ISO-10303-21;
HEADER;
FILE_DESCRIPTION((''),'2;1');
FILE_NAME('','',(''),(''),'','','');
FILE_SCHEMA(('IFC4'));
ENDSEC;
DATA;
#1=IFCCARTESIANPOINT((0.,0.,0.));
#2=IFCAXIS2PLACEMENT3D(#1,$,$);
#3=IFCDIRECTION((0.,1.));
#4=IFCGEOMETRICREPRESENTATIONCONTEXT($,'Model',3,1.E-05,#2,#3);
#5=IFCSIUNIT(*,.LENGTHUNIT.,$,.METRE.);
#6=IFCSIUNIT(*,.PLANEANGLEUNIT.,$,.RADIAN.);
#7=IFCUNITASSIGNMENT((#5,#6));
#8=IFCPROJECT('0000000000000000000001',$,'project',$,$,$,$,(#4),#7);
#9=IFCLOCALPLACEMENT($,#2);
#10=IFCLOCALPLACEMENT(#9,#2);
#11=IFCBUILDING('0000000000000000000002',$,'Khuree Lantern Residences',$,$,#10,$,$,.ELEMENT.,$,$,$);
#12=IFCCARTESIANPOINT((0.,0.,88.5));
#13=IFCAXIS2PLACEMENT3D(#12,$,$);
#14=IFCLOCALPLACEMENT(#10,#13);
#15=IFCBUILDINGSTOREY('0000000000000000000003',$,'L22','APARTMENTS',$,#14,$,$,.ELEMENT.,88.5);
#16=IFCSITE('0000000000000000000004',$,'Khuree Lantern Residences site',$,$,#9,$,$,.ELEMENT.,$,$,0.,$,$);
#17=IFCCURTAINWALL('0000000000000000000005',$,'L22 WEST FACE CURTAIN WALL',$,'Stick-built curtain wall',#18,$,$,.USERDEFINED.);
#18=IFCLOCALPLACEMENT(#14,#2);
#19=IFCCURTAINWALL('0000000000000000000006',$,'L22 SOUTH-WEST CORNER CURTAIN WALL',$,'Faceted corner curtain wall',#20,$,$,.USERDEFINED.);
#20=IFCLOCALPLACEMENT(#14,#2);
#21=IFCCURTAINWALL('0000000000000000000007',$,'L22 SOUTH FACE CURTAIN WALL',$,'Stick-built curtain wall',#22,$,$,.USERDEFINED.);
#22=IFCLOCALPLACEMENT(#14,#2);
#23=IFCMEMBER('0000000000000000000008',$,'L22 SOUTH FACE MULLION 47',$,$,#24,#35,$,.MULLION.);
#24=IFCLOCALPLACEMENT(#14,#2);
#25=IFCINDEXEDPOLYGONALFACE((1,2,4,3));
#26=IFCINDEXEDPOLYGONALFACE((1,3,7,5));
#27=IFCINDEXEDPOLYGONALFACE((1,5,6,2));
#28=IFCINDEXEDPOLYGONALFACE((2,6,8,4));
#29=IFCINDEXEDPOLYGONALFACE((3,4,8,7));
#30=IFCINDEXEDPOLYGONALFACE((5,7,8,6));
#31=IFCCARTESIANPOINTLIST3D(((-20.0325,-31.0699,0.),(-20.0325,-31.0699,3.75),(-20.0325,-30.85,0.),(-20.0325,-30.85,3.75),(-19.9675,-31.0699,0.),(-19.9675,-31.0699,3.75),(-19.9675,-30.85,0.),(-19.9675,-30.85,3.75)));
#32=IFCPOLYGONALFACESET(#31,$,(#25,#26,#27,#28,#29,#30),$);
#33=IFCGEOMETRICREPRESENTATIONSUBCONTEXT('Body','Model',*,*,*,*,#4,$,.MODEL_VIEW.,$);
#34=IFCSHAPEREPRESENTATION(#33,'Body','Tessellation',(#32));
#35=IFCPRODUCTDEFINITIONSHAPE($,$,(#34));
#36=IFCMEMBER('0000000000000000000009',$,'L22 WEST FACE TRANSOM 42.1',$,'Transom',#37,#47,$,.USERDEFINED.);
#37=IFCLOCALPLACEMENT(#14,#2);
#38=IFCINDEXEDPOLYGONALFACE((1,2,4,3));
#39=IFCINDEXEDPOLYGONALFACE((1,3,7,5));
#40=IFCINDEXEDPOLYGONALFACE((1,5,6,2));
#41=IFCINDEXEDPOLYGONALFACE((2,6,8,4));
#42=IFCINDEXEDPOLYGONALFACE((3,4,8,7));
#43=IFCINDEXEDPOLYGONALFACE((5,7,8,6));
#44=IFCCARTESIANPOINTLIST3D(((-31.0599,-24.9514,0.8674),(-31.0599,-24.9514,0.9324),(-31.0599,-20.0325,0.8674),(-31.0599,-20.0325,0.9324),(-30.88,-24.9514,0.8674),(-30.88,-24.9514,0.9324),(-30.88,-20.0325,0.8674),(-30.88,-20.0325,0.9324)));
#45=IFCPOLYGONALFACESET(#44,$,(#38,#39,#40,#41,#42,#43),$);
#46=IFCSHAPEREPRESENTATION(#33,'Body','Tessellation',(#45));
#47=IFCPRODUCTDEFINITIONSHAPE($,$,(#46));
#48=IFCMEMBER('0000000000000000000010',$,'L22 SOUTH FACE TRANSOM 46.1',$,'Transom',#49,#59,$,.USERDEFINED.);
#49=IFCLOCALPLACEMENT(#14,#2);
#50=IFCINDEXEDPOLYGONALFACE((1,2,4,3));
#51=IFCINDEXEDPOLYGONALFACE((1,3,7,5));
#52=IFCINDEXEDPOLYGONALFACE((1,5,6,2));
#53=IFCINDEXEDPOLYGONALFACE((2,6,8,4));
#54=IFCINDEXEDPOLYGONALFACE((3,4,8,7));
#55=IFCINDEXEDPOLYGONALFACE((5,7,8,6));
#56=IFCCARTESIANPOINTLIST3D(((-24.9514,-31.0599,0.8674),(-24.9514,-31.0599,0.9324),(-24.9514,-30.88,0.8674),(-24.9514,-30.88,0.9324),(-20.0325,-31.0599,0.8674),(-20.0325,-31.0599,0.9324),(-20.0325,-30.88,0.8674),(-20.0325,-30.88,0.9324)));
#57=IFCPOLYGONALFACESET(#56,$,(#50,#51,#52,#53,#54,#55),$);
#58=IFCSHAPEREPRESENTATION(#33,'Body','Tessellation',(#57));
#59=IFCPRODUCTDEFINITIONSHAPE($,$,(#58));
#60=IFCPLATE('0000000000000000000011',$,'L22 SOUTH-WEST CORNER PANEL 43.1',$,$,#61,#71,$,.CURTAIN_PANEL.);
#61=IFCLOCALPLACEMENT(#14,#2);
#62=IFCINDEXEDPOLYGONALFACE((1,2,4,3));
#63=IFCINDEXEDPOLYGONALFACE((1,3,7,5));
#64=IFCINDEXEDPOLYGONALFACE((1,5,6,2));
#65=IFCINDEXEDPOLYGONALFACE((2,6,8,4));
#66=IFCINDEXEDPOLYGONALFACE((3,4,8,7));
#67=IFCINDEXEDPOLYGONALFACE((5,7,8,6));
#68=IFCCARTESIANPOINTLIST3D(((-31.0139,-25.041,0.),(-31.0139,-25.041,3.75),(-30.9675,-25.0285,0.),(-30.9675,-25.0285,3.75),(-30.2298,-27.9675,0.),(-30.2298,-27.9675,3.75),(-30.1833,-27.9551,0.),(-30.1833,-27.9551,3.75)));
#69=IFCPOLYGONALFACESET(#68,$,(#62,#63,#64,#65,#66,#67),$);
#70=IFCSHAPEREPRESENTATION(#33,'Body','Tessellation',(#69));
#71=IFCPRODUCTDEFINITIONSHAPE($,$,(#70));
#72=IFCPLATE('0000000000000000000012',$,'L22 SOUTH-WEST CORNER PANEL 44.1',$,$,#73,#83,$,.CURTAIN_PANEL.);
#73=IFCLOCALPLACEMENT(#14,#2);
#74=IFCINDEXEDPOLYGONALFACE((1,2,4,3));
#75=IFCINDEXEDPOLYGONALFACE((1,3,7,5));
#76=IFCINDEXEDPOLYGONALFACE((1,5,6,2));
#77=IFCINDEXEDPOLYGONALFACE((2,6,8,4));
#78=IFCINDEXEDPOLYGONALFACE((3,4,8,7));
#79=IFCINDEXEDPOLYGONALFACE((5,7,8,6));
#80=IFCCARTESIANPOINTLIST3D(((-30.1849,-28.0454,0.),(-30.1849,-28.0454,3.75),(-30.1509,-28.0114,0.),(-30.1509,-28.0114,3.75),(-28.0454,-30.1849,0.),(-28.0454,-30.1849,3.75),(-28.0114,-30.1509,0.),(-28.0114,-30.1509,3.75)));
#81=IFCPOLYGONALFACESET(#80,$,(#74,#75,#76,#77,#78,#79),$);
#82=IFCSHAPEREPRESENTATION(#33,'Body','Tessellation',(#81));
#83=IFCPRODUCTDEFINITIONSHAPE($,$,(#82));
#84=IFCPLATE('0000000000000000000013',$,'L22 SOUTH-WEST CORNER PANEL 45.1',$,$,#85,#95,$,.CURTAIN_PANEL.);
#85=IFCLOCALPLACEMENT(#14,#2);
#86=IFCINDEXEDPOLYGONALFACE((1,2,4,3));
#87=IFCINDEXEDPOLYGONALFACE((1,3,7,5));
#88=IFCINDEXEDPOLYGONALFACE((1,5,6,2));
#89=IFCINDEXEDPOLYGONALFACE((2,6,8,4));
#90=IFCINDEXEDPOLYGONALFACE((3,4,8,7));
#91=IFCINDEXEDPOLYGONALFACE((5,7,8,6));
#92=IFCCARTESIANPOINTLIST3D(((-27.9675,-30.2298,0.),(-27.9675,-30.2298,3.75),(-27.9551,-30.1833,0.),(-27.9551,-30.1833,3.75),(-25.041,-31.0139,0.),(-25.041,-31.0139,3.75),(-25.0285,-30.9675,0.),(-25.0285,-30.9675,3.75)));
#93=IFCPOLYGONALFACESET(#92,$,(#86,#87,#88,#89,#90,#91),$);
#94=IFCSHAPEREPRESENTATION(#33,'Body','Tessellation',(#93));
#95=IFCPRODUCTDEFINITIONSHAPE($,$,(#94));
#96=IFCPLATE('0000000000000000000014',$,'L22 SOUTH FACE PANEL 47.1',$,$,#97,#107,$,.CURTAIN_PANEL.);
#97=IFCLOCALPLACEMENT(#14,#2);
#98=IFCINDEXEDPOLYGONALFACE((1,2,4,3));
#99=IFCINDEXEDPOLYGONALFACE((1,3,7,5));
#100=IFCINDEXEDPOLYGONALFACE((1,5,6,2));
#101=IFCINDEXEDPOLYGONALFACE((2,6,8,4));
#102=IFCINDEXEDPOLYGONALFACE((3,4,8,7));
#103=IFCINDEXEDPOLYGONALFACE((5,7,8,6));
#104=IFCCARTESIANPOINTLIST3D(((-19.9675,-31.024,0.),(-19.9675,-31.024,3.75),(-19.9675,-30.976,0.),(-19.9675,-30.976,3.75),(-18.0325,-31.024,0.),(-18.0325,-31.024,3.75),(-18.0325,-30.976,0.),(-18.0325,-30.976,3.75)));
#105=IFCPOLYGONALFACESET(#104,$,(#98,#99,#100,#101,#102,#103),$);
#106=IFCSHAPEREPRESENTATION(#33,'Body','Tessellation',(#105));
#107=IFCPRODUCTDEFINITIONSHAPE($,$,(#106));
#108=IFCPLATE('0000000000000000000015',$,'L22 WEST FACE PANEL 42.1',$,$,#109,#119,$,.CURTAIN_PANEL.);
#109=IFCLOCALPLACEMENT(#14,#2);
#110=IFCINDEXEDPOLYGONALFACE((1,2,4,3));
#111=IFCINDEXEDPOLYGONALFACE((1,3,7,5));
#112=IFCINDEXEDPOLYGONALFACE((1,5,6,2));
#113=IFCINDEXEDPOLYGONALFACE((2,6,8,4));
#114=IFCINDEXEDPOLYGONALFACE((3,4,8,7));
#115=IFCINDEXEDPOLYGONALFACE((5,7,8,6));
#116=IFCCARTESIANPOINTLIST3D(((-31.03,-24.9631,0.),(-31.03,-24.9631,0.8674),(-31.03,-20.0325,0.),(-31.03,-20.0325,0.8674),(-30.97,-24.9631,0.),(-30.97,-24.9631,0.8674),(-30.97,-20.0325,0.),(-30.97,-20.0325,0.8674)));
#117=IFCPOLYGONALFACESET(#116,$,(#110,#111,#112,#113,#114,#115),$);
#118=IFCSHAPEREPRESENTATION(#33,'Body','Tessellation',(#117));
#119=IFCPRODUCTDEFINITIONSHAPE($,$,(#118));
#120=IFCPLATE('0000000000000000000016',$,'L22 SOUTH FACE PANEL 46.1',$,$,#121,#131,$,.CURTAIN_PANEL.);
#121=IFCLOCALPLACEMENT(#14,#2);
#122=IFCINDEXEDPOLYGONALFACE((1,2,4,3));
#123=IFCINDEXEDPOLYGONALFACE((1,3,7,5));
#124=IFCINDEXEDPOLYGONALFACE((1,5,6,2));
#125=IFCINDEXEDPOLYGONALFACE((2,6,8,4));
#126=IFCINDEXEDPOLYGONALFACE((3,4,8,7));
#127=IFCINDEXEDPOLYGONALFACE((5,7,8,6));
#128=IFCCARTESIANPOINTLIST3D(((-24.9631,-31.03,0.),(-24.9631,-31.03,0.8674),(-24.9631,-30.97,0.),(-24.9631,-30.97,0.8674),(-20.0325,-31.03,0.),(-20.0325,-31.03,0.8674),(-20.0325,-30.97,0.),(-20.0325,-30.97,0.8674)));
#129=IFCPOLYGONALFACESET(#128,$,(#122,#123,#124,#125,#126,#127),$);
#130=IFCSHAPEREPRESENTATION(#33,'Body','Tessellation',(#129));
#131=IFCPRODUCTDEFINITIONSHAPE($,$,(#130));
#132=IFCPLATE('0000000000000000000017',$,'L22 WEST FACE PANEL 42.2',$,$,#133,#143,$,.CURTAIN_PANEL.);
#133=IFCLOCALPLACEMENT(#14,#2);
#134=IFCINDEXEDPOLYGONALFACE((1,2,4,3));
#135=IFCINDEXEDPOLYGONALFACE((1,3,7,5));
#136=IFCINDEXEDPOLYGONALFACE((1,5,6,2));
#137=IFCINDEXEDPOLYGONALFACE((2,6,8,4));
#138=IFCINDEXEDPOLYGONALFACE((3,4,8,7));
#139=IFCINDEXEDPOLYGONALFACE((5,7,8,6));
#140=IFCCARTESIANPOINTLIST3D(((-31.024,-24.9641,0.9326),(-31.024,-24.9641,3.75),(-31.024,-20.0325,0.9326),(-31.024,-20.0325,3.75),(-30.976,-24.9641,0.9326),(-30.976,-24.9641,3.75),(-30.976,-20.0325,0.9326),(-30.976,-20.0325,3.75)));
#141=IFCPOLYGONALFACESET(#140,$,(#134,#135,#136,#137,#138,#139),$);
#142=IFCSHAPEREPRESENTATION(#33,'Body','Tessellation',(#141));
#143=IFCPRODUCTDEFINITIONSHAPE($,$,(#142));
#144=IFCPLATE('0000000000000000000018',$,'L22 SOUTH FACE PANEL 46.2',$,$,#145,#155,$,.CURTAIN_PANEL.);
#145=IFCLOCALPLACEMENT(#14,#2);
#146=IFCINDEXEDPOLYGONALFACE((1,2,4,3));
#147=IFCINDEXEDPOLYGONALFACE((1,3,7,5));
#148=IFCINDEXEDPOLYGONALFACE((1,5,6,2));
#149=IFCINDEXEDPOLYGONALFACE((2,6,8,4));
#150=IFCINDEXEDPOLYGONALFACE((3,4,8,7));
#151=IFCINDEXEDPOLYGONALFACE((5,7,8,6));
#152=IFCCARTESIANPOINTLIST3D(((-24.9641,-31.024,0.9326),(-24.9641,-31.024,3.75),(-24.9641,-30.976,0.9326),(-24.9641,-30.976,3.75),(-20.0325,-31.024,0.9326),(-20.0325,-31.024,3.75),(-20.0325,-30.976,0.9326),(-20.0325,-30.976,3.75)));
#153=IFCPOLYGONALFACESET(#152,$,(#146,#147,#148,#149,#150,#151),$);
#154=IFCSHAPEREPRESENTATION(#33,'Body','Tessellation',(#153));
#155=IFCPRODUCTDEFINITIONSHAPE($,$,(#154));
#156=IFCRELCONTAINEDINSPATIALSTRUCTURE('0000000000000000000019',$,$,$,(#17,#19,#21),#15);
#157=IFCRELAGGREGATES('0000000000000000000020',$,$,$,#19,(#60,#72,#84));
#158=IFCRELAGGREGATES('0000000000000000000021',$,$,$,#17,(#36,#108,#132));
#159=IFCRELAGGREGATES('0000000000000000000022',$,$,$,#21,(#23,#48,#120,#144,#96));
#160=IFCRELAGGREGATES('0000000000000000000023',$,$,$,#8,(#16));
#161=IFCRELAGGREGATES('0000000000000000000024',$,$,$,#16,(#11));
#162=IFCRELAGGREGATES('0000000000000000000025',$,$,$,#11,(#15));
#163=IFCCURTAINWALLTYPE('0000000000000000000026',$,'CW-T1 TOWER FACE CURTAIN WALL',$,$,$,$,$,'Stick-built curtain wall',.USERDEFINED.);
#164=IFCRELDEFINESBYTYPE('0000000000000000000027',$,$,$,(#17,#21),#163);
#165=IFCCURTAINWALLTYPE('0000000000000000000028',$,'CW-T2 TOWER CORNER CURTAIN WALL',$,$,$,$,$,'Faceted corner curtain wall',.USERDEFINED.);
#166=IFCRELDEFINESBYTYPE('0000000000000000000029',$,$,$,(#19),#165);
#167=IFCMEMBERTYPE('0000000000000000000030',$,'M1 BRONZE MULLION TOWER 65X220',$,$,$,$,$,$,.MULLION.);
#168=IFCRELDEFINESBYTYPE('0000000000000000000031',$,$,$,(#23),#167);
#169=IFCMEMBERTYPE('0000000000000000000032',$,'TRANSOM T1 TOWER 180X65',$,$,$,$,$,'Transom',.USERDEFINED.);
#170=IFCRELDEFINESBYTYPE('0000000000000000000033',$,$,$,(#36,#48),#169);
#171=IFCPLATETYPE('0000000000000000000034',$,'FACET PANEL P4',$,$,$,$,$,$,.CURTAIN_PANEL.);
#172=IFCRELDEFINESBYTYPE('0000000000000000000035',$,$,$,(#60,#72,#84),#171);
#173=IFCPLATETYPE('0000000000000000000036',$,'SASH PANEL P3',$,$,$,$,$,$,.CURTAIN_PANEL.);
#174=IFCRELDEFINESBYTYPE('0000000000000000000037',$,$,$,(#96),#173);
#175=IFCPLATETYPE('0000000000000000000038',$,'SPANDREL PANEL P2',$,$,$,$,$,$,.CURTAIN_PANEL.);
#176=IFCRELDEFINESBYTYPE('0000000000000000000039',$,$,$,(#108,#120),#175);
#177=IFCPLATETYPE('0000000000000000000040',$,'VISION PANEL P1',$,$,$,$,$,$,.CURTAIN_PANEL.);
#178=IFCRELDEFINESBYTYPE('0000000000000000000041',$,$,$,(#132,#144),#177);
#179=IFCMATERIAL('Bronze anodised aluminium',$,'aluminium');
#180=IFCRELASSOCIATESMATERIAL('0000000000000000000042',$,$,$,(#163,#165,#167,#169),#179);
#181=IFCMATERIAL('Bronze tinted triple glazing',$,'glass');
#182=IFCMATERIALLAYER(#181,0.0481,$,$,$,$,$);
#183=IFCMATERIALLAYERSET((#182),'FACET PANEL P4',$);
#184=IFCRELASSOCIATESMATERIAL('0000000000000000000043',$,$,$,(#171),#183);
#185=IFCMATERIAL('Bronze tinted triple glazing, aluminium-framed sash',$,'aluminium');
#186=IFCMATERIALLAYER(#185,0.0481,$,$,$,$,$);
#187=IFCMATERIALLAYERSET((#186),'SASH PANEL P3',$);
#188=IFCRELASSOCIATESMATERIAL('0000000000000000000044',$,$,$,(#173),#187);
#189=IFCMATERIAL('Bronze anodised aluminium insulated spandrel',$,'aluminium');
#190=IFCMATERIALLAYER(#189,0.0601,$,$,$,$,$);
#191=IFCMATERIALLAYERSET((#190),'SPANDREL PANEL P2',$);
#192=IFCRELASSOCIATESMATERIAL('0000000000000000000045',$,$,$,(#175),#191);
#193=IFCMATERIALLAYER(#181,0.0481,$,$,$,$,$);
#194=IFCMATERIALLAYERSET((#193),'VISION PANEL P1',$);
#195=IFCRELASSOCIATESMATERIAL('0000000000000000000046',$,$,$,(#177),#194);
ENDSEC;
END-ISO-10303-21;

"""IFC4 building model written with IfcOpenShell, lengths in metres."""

from ifc_helpers import new_model, si_unit, direction, frame, origin, origin_2d, place, context, subcontext, project, spatial, rectangle, extrude, material, layer, layer_set, material_profile, profile_set, type_object, element, aggregate, save


model = new_model("IFC4")

# Units and contexts
model_context = context("Model", 3, precision=1e-05, world=origin(), true_north=direction((0.0, 1.0)))
body_context = subcontext(model_context, "Body", "Model", "MODEL_VIEW")
ifc_project = project(units=[si_unit("LENGTHUNIT", "METRE"), si_unit("PLANEANGLEUNIT", "RADIAN")], contexts=[model_context])

# Site, building, storey
site_placement = place(None, origin())
site = spatial("IfcSite", under=ifc_project, at=site_placement, Name="Khuree Lantern Residences site", CompositionType="ELEMENT", RefElevation=0.0)
building_placement = place(site_placement, origin())
building = spatial("IfcBuilding", under=site, at=building_placement, Name="Khuree Lantern Residences", CompositionType="ELEMENT")
storey_placement = place(building_placement, frame((0.0, 0.0, 88.5)))
storey = spatial("IfcBuildingStorey", under=building, at=storey_placement, Name="L22", Description="APARTMENTS", CompositionType="ELEMENT", Elevation=88.5)

# Curtain walls
ifc_material_1 = material(Name="Bronze anodised aluminium", Category="aluminium")
curtain_wall_type_1 = type_object("IfcCurtainWallType", Name="CW-T1 TOWER FACE CURTAIN WALL", ElementType="Stick-built curtain wall", PredefinedType="USERDEFINED", material=ifc_material_1)
curtain_wall_1_placement = place(storey_placement, origin())
curtain_wall_1 = element("IfcCurtainWall", 1, at=curtain_wall_1_placement, inside=storey, type_object=curtain_wall_type_1, Name="L22 WEST FACE CURTAIN WALL", ObjectType="Stick-built curtain wall", PredefinedType="USERDEFINED")
curtain_wall_type_2 = type_object("IfcCurtainWallType", Name="CW-T2 TOWER CORNER CURTAIN WALL", ElementType="Faceted corner curtain wall", PredefinedType="USERDEFINED", material=ifc_material_1)
curtain_wall_2_placement = place(storey_placement, origin())
curtain_wall_2 = element("IfcCurtainWall", 2, at=curtain_wall_2_placement, inside=storey, type_object=curtain_wall_type_2, Name="L22 SOUTH-WEST CORNER CURTAIN WALL", ObjectType="Faceted corner curtain wall", PredefinedType="USERDEFINED")

# Shared definitions
ifc_material_profile_1 = material_profile(ifc_material_1, rectangle(XDim=0.0649, YDim=0.22, at=origin_2d()), Name="M1 65X220")
ifc_profile_set_1 = profile_set([ifc_material_profile_1], Name="Bronze anodised aluminium")
member_type_1 = type_object("IfcMemberType", Name="M1 BRONZE MULLION TOWER 65X220", PredefinedType="MULLION", material=ifc_profile_set_1)

# Curtain wall, member
curtain_wall_3_placement = place(storey_placement, origin())
curtain_wall_3 = element("IfcCurtainWall", 3, at=curtain_wall_3_placement, inside=storey, type_object=curtain_wall_type_1, Name="L22 SOUTH FACE CURTAIN WALL", ObjectType="Stick-built curtain wall", PredefinedType="USERDEFINED")
member_1_placement = place(storey_placement, frame((-20.0, -30.96, 0.0), z_axis=(0.0, 0.0, 1.0), x_axis=(1.0, 0.0, 0.0)))
member_1 = element("IfcMember", 4, at=member_1_placement, type_object=member_type_1, Name="L22 SOUTH FACE MULLION 47", PredefinedType="MULLION", context=body_context, shape_type="SweptSolid", body=[
    extrude(rectangle(XDim=0.0649, YDim=0.22, at=origin_2d()), origin(), (0.0, 0.0, 1.0), 3.75),
])

# Members
ifc_material_profile_2 = material_profile(ifc_material_1, rectangle(XDim=0.1799, YDim=0.0649, at=origin_2d()), Name="T1 180X65")
ifc_profile_set_2 = profile_set([ifc_material_profile_2], Name="Bronze anodised aluminium")
member_type_2 = type_object("IfcMemberType", Name="TRANSOM T1 TOWER 180X65", ElementType="Transom", PredefinedType="USERDEFINED", material=ifc_profile_set_2)
member_2_placement = place(storey_placement, frame((-30.97, -20.0325, 0.8999), z_axis=(0.0, -1.0, 0.0), x_axis=(1.0, 0.0, 0.0)))
member_2 = element("IfcMember", 5, at=member_2_placement, type_object=member_type_2, Name="L22 WEST FACE TRANSOM 42.1", ObjectType="Transom", PredefinedType="USERDEFINED", context=body_context, shape_type="SweptSolid", body=[
    extrude(rectangle(XDim=0.1799, YDim=0.0649, at=origin_2d()), origin(), (0.0, 0.0, 1.0), 4.9189),
])
member_3_placement = place(storey_placement, frame((-24.9514, -30.97, 0.8999), z_axis=(1.0, 0.0, 0.0), x_axis=(0.0, 1.0, 0.0)))
member_3 = element("IfcMember", 6, at=member_3_placement, type_object=member_type_2, Name="L22 SOUTH FACE TRANSOM 46.1", ObjectType="Transom", PredefinedType="USERDEFINED", context=body_context, shape_type="SweptSolid", body=[
    extrude(rectangle(XDim=0.1799, YDim=0.0649, at=origin_2d()), origin(), (0.0, 0.0, 1.0), 4.9189),
])

# Plates
ifc_material_2 = material(Name="Bronze tinted triple glazing", Category="glass")
ifc_layer_1 = layer(ifc_material_2, 0.0481)
ifc_layer_set_1 = layer_set([ifc_layer_1], Name="FACET PANEL P4")
plate_type_1 = type_object("IfcPlateType", Name="FACET PANEL P4", PredefinedType="CURTAIN_PANEL", material=ifc_layer_set_1)
plate_1_placement = place(storey_placement, frame((-30.5986, -26.498, 0.0), z_axis=(0.0, 0.0, 1.0), x_axis=(0.258819, -0.965926, 0.0)))
plate_1 = element("IfcPlate", 7, at=plate_1_placement, type_object=plate_type_1, Name="L22 SOUTH-WEST CORNER PANEL 43.1", PredefinedType="CURTAIN_PANEL", context=body_context, shape_type="SweptSolid", body=[
    extrude(rectangle(XDim=3.0298, YDim=0.0481, at=origin_2d()), origin(), (0.0, 0.0, 1.0), 3.75),
])
plate_2_placement = place(storey_placement, frame((-29.0981, -29.0981, 0.0), z_axis=(0.0, 0.0, 1.0), x_axis=(0.707107, -0.707107, 0.0)))
plate_2 = element("IfcPlate", 8, at=plate_2_placement, type_object=plate_type_1, Name="L22 SOUTH-WEST CORNER PANEL 44.1", PredefinedType="CURTAIN_PANEL", context=body_context, shape_type="SweptSolid", body=[
    extrude(rectangle(XDim=3.0256, YDim=0.0481, at=origin_2d()), origin(), (0.0, 0.0, 1.0), 3.75),
])
plate_3_placement = place(storey_placement, frame((-26.498, -30.5986, 0.0), z_axis=(0.0, 0.0, 1.0), x_axis=(0.965926, -0.258819, 0.0)))
plate_3 = element("IfcPlate", 9, at=plate_3_placement, type_object=plate_type_1, Name="L22 SOUTH-WEST CORNER PANEL 45.1", PredefinedType="CURTAIN_PANEL", context=body_context, shape_type="SweptSolid", body=[
    extrude(rectangle(XDim=3.0298, YDim=0.0481, at=origin_2d()), origin(), (0.0, 0.0, 1.0), 3.75),
])
aggregate(curtain_wall_2, [plate_1, plate_2, plate_3])
ifc_material_3 = material(Name="Bronze tinted triple glazing, aluminium-framed sash", Category="aluminium")
ifc_layer_2 = layer(ifc_material_3, 0.0481)
ifc_layer_set_2 = layer_set([ifc_layer_2], Name="SASH PANEL P3")
plate_type_2 = type_object("IfcPlateType", Name="SASH PANEL P3", PredefinedType="CURTAIN_PANEL", material=ifc_layer_set_2)
plate_4_placement = place(storey_placement, frame((-19.0, -31.0, 0.0), z_axis=(0.0, 0.0, 1.0), x_axis=(1.0, 0.0, 0.0)))
plate_4 = element("IfcPlate", 10, at=plate_4_placement, type_object=plate_type_2, Name="L22 SOUTH FACE PANEL 47.1", PredefinedType="CURTAIN_PANEL", context=body_context, shape_type="SweptSolid", body=[
    extrude(rectangle(XDim=1.9351, YDim=0.0481, at=origin_2d()), origin(), (0.0, 0.0, 1.0), 3.75),
])
ifc_material_4 = material(Name="Bronze anodised aluminium insulated spandrel", Category="aluminium")
ifc_layer_3 = layer(ifc_material_4, 0.0601)
ifc_layer_set_3 = layer_set([ifc_layer_3], Name="SPANDREL PANEL P2")
plate_type_3 = type_object("IfcPlateType", Name="SPANDREL PANEL P2", PredefinedType="CURTAIN_PANEL", material=ifc_layer_set_3)
plate_5_placement = place(storey_placement, frame((-31.0, -22.4978, 0.0), z_axis=(0.0, 0.0, 1.0), x_axis=(0.0, -1.0, 0.0)))
plate_5 = element("IfcPlate", 11, at=plate_5_placement, type_object=plate_type_3, Name="L22 WEST FACE PANEL 42.1", PredefinedType="CURTAIN_PANEL", context=body_context, shape_type="SweptSolid", body=[
    extrude(rectangle(XDim=4.9307, YDim=0.0601, at=origin_2d()), origin(), (0.0, 0.0, 1.0), 0.8674),
])
plate_6_placement = place(storey_placement, frame((-22.4978, -31.0, 0.0), z_axis=(0.0, 0.0, 1.0), x_axis=(1.0, 0.0, 0.0)))
plate_6 = element("IfcPlate", 12, at=plate_6_placement, type_object=plate_type_3, Name="L22 SOUTH FACE PANEL 46.1", PredefinedType="CURTAIN_PANEL", context=body_context, shape_type="SweptSolid", body=[
    extrude(rectangle(XDim=4.9307, YDim=0.0601, at=origin_2d()), origin(), (0.0, 0.0, 1.0), 0.8674),
])
ifc_layer_4 = layer(ifc_material_2, 0.0481)
ifc_layer_set_4 = layer_set([ifc_layer_4], Name="VISION PANEL P1")
plate_type_4 = type_object("IfcPlateType", Name="VISION PANEL P1", PredefinedType="CURTAIN_PANEL", material=ifc_layer_set_4)
plate_7_placement = place(storey_placement, frame((-31.0, -22.4983, 0.9326), z_axis=(0.0, 0.0, 1.0), x_axis=(0.0, -1.0, 0.0)))
plate_7 = element("IfcPlate", 13, at=plate_7_placement, type_object=plate_type_4, Name="L22 WEST FACE PANEL 42.2", PredefinedType="CURTAIN_PANEL", context=body_context, shape_type="SweptSolid", body=[
    extrude(rectangle(XDim=4.9316, YDim=0.0481, at=origin_2d()), origin(), (0.0, 0.0, 1.0), 2.8174),
])
aggregate(curtain_wall_1, [member_2, plate_5, plate_7])
plate_8_placement = place(storey_placement, frame((-22.4983, -31.0, 0.9326), z_axis=(0.0, 0.0, 1.0), x_axis=(1.0, 0.0, 0.0)))
plate_8 = element("IfcPlate", 14, at=plate_8_placement, type_object=plate_type_4, Name="L22 SOUTH FACE PANEL 46.2", PredefinedType="CURTAIN_PANEL", context=body_context, shape_type="SweptSolid", body=[
    extrude(rectangle(XDim=4.9316, YDim=0.0481, at=origin_2d()), origin(), (0.0, 0.0, 1.0), 2.8174),
])
aggregate(curtain_wall_3, [member_1, member_3, plate_6, plate_8, plate_4])

save(model, "model.ifc")
